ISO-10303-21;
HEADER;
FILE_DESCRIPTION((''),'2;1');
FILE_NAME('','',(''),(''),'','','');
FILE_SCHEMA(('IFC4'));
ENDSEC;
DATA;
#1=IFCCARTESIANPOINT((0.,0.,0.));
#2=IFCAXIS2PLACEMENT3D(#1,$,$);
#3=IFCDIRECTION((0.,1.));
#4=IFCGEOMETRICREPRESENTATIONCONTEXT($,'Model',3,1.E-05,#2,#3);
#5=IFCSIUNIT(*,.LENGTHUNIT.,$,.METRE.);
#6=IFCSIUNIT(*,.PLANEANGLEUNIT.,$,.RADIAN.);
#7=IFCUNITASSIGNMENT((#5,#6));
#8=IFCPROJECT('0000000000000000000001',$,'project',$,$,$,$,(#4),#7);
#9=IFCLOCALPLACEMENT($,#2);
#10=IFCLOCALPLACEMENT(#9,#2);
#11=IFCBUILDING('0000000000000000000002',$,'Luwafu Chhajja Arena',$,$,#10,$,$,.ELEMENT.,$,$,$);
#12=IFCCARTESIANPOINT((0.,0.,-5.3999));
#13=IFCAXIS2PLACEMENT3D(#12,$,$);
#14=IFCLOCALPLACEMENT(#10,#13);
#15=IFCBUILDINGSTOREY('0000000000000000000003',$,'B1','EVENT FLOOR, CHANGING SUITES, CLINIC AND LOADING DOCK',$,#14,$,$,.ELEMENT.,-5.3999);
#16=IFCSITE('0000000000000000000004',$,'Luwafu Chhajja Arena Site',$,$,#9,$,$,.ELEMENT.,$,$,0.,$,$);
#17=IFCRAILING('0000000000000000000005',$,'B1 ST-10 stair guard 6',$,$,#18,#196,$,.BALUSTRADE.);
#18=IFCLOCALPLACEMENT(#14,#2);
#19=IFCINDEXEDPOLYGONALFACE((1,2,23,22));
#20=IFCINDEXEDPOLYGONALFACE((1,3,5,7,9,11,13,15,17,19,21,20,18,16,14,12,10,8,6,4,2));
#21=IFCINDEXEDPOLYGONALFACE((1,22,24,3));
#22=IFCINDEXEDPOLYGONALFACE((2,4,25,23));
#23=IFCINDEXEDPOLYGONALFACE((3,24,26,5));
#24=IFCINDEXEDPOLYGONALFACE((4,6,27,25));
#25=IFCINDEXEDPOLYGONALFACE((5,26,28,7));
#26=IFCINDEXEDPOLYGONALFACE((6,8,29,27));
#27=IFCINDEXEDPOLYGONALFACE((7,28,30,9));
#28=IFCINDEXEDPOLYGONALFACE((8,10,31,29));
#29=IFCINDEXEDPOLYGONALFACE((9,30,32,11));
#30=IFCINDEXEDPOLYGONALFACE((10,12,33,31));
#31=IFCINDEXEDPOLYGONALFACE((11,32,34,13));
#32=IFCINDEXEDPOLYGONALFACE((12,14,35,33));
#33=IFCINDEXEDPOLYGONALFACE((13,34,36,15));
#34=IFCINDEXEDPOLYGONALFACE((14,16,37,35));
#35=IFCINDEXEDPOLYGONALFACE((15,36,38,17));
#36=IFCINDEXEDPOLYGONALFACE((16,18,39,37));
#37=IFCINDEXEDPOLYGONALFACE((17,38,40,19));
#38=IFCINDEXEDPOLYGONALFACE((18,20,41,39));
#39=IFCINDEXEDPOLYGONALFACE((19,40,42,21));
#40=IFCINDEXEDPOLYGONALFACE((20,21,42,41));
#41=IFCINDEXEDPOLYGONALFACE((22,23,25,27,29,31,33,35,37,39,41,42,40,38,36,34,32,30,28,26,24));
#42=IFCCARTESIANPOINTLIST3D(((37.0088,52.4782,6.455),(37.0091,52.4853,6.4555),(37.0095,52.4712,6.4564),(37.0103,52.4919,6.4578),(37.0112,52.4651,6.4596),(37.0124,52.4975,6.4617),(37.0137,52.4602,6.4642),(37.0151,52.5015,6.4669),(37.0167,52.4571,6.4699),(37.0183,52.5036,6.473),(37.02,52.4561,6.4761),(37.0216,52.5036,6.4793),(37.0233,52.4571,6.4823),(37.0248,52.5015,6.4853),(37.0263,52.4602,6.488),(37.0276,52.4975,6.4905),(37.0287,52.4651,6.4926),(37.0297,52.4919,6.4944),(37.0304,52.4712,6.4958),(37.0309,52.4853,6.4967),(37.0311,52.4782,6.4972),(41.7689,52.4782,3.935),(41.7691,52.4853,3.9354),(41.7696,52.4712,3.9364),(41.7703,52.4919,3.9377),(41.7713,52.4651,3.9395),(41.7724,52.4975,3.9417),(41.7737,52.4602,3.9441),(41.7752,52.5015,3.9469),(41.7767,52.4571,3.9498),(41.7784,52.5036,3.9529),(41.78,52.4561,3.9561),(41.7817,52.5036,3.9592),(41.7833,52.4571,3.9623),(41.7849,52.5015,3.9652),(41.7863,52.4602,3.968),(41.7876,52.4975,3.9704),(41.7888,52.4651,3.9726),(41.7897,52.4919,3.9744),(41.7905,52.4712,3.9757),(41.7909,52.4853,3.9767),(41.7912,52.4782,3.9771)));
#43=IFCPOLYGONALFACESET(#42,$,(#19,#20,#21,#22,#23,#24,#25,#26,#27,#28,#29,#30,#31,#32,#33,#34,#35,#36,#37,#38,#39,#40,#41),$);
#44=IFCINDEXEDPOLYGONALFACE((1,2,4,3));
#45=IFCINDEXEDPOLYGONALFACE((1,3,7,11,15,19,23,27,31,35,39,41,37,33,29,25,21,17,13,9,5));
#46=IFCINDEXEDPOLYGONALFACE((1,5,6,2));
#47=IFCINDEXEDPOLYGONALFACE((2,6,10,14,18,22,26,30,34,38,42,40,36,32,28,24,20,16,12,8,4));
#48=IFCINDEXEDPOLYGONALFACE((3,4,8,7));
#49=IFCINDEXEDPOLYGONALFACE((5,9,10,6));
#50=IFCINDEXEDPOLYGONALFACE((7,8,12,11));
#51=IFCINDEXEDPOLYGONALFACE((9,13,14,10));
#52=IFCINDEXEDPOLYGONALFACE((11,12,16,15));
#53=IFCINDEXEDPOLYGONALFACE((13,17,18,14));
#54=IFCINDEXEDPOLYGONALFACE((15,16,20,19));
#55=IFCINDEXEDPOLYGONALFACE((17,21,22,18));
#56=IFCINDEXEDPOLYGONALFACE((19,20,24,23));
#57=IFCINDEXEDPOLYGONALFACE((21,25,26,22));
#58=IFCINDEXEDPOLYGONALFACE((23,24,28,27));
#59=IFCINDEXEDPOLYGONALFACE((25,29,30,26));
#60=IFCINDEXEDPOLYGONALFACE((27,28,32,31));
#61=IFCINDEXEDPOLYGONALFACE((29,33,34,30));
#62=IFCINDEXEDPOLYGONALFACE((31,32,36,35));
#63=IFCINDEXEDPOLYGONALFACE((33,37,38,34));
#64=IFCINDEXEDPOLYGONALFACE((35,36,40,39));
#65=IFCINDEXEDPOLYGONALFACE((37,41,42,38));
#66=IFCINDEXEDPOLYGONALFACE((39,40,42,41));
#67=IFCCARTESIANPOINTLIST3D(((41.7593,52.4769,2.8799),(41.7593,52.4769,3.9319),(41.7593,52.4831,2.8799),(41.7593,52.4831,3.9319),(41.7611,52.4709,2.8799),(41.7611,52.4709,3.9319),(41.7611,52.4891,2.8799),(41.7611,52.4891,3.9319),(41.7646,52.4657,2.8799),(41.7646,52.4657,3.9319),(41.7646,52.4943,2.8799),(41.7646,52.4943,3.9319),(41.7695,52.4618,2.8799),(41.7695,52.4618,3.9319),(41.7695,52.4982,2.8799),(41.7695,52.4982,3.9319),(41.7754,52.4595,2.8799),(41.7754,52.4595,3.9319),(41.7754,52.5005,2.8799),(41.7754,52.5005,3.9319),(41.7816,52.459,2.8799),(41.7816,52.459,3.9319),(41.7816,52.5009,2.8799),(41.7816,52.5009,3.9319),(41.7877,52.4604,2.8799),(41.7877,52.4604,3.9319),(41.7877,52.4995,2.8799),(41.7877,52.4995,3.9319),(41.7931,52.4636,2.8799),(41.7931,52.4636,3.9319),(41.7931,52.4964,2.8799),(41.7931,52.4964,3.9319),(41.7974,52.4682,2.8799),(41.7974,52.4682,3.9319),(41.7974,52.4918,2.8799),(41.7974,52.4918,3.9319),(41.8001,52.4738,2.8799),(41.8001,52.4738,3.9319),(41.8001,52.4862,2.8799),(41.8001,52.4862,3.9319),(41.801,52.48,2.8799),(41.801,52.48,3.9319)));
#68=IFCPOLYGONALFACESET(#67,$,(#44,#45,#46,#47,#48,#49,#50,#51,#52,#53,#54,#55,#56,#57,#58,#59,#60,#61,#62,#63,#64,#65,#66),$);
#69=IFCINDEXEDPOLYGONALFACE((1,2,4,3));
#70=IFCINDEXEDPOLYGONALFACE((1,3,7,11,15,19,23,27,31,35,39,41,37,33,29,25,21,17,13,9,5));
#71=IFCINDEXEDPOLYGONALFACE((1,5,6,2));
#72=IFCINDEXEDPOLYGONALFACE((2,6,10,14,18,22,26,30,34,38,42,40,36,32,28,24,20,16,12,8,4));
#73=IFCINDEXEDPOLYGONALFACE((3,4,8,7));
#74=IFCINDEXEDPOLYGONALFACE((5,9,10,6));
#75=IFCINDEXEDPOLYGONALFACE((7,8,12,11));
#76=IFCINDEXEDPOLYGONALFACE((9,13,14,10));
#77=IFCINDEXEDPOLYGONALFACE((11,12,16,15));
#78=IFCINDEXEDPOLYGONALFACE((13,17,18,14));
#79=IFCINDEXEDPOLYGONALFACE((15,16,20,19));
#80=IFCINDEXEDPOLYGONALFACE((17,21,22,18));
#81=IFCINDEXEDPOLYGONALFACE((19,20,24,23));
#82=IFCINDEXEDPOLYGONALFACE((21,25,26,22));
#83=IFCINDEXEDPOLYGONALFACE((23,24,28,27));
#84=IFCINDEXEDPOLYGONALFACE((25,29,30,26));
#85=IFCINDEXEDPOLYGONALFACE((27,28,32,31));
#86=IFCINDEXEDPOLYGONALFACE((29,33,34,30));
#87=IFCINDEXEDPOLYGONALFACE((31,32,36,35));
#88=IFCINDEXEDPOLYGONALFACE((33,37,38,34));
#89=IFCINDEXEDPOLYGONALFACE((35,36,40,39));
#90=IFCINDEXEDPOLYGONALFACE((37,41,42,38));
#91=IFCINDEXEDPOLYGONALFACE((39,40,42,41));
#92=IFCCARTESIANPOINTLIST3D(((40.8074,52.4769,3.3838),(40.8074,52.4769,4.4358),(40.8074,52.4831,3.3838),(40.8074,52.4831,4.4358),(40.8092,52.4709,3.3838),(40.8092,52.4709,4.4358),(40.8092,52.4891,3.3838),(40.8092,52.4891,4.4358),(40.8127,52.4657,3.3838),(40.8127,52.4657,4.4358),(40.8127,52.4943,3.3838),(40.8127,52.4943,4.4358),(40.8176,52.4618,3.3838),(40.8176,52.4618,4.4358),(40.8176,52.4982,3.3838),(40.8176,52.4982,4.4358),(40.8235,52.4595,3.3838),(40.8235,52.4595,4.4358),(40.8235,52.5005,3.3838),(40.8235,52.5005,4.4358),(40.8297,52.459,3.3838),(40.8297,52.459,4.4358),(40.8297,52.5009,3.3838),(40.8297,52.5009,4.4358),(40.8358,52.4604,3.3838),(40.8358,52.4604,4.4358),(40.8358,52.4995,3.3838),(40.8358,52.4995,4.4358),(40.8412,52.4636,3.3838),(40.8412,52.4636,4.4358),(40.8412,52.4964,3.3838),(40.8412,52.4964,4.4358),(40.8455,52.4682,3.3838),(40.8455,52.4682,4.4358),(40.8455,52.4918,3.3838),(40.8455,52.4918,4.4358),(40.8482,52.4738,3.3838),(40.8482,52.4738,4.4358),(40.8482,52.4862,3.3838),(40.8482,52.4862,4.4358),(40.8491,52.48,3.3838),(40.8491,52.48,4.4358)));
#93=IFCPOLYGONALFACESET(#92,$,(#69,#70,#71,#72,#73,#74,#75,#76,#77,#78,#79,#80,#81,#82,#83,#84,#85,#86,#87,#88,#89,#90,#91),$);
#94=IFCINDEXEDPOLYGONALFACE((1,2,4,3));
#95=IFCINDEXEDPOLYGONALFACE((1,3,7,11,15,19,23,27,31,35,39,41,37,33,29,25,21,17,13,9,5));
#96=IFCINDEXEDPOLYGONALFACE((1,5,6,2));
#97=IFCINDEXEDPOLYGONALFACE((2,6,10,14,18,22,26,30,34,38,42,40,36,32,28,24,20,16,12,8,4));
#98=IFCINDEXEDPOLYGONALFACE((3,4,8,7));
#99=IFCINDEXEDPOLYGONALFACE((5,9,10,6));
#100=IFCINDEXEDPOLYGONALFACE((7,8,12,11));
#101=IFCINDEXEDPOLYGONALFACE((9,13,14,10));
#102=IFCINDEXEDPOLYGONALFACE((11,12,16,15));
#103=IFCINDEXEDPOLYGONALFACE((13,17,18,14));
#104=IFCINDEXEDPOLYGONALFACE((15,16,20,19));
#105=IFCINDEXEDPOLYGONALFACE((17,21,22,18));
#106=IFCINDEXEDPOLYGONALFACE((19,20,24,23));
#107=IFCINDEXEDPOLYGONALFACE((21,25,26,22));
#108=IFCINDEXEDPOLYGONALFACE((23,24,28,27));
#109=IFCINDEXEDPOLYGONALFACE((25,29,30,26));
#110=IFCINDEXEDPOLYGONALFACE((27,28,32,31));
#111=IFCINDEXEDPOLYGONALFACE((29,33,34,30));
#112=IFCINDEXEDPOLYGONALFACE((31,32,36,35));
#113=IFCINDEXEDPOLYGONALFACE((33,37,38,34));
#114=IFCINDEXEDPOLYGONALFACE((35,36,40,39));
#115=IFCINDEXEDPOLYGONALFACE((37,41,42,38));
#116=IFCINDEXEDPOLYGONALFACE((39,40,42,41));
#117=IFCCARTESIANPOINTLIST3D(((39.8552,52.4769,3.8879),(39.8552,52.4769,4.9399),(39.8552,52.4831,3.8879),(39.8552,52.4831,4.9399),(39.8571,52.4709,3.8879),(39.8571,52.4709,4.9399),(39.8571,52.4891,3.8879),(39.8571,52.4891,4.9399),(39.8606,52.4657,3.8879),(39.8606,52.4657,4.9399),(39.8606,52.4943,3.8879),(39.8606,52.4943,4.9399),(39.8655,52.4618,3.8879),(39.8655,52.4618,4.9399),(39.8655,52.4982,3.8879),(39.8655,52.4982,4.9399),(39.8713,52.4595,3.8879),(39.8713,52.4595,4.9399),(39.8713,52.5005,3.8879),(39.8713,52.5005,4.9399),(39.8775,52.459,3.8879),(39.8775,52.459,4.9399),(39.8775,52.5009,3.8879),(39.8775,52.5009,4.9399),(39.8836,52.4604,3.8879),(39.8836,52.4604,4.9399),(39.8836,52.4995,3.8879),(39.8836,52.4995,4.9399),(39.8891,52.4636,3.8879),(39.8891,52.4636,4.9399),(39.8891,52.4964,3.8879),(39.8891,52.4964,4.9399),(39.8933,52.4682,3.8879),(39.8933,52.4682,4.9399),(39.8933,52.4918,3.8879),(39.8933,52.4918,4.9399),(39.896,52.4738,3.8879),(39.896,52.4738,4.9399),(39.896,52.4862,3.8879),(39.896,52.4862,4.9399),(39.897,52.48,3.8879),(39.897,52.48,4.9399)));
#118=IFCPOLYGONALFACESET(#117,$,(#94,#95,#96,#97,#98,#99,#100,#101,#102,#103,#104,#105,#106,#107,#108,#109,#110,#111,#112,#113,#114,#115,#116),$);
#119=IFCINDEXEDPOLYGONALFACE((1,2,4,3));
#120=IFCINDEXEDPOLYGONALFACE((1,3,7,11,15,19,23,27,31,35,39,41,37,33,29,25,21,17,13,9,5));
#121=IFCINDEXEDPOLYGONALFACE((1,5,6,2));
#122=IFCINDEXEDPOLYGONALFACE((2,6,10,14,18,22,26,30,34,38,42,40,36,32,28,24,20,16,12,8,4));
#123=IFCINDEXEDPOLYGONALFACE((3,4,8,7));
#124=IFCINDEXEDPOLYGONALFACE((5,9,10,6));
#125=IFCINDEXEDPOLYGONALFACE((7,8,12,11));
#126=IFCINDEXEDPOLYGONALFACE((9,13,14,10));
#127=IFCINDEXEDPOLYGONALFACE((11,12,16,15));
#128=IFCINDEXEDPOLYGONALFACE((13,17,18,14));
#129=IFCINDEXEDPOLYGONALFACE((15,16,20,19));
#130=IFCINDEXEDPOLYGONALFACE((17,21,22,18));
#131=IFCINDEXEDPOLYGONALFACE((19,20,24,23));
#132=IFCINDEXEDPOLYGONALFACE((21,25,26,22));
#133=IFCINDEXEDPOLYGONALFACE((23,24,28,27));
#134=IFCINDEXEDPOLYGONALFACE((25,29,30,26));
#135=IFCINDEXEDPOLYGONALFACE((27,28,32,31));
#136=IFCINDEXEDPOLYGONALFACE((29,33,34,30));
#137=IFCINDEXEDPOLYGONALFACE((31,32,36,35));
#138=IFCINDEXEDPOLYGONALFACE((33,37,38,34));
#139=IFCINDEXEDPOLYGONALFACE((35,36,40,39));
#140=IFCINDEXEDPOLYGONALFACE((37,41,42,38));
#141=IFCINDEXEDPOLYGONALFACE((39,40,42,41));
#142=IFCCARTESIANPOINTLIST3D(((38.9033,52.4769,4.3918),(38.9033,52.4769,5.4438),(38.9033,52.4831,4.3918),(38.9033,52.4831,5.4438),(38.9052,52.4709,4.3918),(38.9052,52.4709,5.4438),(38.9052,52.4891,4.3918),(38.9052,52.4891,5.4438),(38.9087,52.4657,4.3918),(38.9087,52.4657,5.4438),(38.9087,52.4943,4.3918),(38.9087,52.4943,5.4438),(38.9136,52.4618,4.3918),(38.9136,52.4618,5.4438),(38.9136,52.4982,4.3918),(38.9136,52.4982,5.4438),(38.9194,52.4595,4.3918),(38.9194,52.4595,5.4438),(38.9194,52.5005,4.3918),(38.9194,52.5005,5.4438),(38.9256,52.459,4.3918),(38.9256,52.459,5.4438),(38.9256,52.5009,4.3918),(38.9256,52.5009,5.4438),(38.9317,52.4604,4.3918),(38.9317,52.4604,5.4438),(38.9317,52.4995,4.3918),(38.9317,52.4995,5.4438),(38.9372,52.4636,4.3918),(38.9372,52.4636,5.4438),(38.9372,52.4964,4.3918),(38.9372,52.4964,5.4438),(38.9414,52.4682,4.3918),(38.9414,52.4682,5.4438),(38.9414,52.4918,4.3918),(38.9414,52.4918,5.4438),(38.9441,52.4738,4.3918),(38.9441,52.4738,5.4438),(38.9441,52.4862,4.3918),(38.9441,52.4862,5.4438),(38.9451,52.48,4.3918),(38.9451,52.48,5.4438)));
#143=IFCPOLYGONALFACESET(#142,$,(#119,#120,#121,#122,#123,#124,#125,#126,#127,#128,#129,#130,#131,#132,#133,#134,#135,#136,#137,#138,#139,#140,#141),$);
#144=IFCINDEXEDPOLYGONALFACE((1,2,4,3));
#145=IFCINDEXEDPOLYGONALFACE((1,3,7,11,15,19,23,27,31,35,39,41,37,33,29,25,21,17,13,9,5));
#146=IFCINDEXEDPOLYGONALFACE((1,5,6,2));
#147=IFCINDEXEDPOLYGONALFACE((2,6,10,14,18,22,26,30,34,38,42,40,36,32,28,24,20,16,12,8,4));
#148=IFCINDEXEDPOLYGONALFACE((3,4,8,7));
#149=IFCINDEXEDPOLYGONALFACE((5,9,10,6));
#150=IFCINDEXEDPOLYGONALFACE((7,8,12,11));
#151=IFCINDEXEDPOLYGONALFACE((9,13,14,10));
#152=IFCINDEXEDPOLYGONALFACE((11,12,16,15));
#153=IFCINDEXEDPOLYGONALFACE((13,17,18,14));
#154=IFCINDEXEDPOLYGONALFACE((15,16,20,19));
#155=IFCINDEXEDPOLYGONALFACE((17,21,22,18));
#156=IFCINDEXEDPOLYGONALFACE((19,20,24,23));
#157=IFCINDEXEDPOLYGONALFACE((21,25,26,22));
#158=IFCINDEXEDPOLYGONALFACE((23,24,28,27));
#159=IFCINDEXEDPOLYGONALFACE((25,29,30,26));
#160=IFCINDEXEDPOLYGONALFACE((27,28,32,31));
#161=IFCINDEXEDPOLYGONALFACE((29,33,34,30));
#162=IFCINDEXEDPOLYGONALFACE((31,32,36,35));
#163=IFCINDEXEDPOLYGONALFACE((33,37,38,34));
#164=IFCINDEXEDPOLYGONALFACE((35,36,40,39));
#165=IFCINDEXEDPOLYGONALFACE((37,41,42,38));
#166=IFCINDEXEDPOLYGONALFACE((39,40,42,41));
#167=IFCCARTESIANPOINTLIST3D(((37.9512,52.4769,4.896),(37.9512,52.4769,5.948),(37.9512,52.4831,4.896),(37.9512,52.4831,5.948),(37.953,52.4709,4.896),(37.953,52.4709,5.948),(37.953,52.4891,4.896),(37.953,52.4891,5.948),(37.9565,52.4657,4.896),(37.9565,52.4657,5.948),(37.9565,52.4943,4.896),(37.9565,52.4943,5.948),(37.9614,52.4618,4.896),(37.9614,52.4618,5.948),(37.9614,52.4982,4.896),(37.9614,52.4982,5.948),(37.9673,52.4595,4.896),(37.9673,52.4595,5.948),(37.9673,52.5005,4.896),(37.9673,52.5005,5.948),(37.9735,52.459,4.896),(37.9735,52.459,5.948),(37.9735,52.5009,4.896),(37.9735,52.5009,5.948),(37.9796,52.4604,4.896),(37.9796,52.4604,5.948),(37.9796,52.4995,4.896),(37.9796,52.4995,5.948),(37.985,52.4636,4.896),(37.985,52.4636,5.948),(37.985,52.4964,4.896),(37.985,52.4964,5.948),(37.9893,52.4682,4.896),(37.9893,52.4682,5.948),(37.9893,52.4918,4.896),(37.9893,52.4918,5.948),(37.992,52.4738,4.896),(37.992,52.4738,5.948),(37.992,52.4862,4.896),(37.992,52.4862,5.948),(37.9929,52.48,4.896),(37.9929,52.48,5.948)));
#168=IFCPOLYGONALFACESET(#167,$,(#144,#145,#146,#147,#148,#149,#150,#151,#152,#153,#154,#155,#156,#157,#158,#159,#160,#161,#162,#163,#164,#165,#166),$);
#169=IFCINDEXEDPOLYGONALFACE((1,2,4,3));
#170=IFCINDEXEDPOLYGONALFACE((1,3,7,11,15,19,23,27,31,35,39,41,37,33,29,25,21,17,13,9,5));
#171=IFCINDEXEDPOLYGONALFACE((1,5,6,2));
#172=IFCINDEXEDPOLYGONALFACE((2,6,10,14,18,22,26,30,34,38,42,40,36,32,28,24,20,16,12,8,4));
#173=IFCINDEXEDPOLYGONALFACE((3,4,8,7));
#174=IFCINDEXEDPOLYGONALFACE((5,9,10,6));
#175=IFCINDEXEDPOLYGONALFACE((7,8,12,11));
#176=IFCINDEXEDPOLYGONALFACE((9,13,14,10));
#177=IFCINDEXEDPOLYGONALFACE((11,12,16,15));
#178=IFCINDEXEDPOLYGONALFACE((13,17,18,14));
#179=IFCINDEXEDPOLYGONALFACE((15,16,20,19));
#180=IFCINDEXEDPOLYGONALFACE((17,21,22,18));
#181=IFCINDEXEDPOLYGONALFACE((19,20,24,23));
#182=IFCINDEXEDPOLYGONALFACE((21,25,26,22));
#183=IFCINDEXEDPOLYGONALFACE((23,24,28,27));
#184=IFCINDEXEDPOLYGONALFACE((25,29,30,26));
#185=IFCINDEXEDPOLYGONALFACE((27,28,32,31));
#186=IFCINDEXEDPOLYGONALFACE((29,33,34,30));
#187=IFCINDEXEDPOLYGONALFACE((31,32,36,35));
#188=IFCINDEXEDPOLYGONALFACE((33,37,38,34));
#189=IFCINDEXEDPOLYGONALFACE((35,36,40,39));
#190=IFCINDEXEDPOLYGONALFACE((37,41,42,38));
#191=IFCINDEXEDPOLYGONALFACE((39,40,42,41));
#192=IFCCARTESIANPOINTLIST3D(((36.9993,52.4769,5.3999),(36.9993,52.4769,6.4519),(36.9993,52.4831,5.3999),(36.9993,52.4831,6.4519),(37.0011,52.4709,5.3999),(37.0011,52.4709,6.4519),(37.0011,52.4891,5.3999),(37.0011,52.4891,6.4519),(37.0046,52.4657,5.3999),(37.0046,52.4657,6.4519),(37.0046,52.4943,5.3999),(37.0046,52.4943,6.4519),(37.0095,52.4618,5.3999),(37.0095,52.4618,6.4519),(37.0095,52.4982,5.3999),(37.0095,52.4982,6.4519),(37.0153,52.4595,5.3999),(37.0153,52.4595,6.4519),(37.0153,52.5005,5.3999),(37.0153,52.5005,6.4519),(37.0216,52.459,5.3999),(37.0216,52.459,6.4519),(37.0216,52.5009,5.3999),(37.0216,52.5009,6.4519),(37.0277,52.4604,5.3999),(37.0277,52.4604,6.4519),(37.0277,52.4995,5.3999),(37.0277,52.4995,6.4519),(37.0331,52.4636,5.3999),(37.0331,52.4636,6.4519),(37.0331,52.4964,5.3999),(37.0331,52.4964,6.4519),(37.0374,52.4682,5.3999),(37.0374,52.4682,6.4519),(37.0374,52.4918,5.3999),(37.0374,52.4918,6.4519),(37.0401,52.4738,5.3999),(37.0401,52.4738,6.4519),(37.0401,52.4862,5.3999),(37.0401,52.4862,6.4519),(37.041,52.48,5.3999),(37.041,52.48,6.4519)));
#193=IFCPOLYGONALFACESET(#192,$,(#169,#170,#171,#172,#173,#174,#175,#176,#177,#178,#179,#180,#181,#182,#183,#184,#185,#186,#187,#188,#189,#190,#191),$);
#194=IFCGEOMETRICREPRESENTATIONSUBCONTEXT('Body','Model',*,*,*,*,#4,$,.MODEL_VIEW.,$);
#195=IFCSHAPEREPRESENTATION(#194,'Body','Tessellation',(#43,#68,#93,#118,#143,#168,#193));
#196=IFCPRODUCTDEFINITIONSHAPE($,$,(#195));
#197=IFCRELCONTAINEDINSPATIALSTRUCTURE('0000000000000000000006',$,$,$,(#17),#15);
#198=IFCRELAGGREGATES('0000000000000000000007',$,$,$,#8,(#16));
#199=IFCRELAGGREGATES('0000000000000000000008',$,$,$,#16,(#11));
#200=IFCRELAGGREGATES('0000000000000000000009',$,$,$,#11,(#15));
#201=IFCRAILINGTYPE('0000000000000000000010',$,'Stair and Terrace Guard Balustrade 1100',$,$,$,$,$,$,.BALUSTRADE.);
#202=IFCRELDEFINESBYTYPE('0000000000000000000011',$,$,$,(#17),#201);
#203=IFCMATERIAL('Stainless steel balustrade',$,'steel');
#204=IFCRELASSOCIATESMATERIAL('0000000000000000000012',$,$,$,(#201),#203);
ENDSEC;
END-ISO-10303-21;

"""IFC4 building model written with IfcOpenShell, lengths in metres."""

from ifc_helpers import new_model, si_unit, direction, frame, origin, origin_2d, place, context, subcontext, project, spatial, circle, extrude, material, type_object, element, save


model = new_model("IFC4")

# Units and contexts
model_context = context("Model", 3, precision=1e-05, world=origin(), true_north=direction((0.0, 1.0)))
body_context = subcontext(model_context, "Body", "Model", "MODEL_VIEW")
ifc_project = project(units=[si_unit("LENGTHUNIT", "METRE"), si_unit("PLANEANGLEUNIT", "RADIAN")], contexts=[model_context])

# Site, building, storey
site_placement = place(None, origin())
site = spatial("IfcSite", under=ifc_project, at=site_placement, Name="Luwafu Chhajja Arena Site", CompositionType="ELEMENT", RefElevation=0.0)
building_placement = place(site_placement, origin())
building = spatial("IfcBuilding", under=site, at=building_placement, Name="Luwafu Chhajja Arena", CompositionType="ELEMENT")
storey_placement = place(building_placement, frame((0.0, 0.0, -5.3999)))
storey = spatial("IfcBuildingStorey", under=building, at=storey_placement, Name="B1", Description="EVENT FLOOR, CHANGING SUITES, CLINIC AND LOADING DOCK", CompositionType="ELEMENT", Elevation=-5.3999)

# Railing
ifc_material_1 = material(Name="Stainless steel balustrade", Category="steel")
railing_type_1 = type_object("IfcRailingType", Name="Stair and Terrace Guard Balustrade 1100", PredefinedType="BALUSTRADE", material=ifc_material_1)
railing_1_placement = place(storey_placement, frame((41.78, 52.48, 2.8799)))
element("IfcRailing", 1, at=railing_1_placement, inside=storey, type_object=railing_type_1, Name="B1 ST-10 stair guard 6", PredefinedType="BALUSTRADE", context=body_context, shape_type="SweptSolid", body=[
    extrude(circle(Radius=0.0239, at=origin_2d()), frame((0.0, 0.0, 1.0762), z_axis=(-0.883787, 0.0, 0.46789), x_axis=(0.0, -1.0, 0.0)), (0.0, 0.0, 1.0), 5.386),
    extrude(circle(Radius=0.021, at=origin_2d()), origin(), (0.0, 0.0, 1.0), 1.052),
    extrude(circle(Radius=0.021, at=origin_2d()), frame((-0.9519, 0.0, 0.5039)), (0.0, 0.0, 1.0), 1.052),
    extrude(circle(Radius=0.021, at=origin_2d()), frame((-1.9041, 0.0, 1.0081)), (0.0, 0.0, 1.0), 1.052),
    extrude(circle(Radius=0.021, at=origin_2d()), frame((-2.856, 0.0, 1.512)), (0.0, 0.0, 1.0), 1.052),
    extrude(circle(Radius=0.021, at=origin_2d()), frame((-3.8081, 0.0, 2.0161)), (0.0, 0.0, 1.0), 1.052),
    extrude(circle(Radius=0.021, at=origin_2d()), frame((-4.76, 0.0, 2.52)), (0.0, 0.0, 1.0), 1.052),
])

save(model, "model.ifc")
